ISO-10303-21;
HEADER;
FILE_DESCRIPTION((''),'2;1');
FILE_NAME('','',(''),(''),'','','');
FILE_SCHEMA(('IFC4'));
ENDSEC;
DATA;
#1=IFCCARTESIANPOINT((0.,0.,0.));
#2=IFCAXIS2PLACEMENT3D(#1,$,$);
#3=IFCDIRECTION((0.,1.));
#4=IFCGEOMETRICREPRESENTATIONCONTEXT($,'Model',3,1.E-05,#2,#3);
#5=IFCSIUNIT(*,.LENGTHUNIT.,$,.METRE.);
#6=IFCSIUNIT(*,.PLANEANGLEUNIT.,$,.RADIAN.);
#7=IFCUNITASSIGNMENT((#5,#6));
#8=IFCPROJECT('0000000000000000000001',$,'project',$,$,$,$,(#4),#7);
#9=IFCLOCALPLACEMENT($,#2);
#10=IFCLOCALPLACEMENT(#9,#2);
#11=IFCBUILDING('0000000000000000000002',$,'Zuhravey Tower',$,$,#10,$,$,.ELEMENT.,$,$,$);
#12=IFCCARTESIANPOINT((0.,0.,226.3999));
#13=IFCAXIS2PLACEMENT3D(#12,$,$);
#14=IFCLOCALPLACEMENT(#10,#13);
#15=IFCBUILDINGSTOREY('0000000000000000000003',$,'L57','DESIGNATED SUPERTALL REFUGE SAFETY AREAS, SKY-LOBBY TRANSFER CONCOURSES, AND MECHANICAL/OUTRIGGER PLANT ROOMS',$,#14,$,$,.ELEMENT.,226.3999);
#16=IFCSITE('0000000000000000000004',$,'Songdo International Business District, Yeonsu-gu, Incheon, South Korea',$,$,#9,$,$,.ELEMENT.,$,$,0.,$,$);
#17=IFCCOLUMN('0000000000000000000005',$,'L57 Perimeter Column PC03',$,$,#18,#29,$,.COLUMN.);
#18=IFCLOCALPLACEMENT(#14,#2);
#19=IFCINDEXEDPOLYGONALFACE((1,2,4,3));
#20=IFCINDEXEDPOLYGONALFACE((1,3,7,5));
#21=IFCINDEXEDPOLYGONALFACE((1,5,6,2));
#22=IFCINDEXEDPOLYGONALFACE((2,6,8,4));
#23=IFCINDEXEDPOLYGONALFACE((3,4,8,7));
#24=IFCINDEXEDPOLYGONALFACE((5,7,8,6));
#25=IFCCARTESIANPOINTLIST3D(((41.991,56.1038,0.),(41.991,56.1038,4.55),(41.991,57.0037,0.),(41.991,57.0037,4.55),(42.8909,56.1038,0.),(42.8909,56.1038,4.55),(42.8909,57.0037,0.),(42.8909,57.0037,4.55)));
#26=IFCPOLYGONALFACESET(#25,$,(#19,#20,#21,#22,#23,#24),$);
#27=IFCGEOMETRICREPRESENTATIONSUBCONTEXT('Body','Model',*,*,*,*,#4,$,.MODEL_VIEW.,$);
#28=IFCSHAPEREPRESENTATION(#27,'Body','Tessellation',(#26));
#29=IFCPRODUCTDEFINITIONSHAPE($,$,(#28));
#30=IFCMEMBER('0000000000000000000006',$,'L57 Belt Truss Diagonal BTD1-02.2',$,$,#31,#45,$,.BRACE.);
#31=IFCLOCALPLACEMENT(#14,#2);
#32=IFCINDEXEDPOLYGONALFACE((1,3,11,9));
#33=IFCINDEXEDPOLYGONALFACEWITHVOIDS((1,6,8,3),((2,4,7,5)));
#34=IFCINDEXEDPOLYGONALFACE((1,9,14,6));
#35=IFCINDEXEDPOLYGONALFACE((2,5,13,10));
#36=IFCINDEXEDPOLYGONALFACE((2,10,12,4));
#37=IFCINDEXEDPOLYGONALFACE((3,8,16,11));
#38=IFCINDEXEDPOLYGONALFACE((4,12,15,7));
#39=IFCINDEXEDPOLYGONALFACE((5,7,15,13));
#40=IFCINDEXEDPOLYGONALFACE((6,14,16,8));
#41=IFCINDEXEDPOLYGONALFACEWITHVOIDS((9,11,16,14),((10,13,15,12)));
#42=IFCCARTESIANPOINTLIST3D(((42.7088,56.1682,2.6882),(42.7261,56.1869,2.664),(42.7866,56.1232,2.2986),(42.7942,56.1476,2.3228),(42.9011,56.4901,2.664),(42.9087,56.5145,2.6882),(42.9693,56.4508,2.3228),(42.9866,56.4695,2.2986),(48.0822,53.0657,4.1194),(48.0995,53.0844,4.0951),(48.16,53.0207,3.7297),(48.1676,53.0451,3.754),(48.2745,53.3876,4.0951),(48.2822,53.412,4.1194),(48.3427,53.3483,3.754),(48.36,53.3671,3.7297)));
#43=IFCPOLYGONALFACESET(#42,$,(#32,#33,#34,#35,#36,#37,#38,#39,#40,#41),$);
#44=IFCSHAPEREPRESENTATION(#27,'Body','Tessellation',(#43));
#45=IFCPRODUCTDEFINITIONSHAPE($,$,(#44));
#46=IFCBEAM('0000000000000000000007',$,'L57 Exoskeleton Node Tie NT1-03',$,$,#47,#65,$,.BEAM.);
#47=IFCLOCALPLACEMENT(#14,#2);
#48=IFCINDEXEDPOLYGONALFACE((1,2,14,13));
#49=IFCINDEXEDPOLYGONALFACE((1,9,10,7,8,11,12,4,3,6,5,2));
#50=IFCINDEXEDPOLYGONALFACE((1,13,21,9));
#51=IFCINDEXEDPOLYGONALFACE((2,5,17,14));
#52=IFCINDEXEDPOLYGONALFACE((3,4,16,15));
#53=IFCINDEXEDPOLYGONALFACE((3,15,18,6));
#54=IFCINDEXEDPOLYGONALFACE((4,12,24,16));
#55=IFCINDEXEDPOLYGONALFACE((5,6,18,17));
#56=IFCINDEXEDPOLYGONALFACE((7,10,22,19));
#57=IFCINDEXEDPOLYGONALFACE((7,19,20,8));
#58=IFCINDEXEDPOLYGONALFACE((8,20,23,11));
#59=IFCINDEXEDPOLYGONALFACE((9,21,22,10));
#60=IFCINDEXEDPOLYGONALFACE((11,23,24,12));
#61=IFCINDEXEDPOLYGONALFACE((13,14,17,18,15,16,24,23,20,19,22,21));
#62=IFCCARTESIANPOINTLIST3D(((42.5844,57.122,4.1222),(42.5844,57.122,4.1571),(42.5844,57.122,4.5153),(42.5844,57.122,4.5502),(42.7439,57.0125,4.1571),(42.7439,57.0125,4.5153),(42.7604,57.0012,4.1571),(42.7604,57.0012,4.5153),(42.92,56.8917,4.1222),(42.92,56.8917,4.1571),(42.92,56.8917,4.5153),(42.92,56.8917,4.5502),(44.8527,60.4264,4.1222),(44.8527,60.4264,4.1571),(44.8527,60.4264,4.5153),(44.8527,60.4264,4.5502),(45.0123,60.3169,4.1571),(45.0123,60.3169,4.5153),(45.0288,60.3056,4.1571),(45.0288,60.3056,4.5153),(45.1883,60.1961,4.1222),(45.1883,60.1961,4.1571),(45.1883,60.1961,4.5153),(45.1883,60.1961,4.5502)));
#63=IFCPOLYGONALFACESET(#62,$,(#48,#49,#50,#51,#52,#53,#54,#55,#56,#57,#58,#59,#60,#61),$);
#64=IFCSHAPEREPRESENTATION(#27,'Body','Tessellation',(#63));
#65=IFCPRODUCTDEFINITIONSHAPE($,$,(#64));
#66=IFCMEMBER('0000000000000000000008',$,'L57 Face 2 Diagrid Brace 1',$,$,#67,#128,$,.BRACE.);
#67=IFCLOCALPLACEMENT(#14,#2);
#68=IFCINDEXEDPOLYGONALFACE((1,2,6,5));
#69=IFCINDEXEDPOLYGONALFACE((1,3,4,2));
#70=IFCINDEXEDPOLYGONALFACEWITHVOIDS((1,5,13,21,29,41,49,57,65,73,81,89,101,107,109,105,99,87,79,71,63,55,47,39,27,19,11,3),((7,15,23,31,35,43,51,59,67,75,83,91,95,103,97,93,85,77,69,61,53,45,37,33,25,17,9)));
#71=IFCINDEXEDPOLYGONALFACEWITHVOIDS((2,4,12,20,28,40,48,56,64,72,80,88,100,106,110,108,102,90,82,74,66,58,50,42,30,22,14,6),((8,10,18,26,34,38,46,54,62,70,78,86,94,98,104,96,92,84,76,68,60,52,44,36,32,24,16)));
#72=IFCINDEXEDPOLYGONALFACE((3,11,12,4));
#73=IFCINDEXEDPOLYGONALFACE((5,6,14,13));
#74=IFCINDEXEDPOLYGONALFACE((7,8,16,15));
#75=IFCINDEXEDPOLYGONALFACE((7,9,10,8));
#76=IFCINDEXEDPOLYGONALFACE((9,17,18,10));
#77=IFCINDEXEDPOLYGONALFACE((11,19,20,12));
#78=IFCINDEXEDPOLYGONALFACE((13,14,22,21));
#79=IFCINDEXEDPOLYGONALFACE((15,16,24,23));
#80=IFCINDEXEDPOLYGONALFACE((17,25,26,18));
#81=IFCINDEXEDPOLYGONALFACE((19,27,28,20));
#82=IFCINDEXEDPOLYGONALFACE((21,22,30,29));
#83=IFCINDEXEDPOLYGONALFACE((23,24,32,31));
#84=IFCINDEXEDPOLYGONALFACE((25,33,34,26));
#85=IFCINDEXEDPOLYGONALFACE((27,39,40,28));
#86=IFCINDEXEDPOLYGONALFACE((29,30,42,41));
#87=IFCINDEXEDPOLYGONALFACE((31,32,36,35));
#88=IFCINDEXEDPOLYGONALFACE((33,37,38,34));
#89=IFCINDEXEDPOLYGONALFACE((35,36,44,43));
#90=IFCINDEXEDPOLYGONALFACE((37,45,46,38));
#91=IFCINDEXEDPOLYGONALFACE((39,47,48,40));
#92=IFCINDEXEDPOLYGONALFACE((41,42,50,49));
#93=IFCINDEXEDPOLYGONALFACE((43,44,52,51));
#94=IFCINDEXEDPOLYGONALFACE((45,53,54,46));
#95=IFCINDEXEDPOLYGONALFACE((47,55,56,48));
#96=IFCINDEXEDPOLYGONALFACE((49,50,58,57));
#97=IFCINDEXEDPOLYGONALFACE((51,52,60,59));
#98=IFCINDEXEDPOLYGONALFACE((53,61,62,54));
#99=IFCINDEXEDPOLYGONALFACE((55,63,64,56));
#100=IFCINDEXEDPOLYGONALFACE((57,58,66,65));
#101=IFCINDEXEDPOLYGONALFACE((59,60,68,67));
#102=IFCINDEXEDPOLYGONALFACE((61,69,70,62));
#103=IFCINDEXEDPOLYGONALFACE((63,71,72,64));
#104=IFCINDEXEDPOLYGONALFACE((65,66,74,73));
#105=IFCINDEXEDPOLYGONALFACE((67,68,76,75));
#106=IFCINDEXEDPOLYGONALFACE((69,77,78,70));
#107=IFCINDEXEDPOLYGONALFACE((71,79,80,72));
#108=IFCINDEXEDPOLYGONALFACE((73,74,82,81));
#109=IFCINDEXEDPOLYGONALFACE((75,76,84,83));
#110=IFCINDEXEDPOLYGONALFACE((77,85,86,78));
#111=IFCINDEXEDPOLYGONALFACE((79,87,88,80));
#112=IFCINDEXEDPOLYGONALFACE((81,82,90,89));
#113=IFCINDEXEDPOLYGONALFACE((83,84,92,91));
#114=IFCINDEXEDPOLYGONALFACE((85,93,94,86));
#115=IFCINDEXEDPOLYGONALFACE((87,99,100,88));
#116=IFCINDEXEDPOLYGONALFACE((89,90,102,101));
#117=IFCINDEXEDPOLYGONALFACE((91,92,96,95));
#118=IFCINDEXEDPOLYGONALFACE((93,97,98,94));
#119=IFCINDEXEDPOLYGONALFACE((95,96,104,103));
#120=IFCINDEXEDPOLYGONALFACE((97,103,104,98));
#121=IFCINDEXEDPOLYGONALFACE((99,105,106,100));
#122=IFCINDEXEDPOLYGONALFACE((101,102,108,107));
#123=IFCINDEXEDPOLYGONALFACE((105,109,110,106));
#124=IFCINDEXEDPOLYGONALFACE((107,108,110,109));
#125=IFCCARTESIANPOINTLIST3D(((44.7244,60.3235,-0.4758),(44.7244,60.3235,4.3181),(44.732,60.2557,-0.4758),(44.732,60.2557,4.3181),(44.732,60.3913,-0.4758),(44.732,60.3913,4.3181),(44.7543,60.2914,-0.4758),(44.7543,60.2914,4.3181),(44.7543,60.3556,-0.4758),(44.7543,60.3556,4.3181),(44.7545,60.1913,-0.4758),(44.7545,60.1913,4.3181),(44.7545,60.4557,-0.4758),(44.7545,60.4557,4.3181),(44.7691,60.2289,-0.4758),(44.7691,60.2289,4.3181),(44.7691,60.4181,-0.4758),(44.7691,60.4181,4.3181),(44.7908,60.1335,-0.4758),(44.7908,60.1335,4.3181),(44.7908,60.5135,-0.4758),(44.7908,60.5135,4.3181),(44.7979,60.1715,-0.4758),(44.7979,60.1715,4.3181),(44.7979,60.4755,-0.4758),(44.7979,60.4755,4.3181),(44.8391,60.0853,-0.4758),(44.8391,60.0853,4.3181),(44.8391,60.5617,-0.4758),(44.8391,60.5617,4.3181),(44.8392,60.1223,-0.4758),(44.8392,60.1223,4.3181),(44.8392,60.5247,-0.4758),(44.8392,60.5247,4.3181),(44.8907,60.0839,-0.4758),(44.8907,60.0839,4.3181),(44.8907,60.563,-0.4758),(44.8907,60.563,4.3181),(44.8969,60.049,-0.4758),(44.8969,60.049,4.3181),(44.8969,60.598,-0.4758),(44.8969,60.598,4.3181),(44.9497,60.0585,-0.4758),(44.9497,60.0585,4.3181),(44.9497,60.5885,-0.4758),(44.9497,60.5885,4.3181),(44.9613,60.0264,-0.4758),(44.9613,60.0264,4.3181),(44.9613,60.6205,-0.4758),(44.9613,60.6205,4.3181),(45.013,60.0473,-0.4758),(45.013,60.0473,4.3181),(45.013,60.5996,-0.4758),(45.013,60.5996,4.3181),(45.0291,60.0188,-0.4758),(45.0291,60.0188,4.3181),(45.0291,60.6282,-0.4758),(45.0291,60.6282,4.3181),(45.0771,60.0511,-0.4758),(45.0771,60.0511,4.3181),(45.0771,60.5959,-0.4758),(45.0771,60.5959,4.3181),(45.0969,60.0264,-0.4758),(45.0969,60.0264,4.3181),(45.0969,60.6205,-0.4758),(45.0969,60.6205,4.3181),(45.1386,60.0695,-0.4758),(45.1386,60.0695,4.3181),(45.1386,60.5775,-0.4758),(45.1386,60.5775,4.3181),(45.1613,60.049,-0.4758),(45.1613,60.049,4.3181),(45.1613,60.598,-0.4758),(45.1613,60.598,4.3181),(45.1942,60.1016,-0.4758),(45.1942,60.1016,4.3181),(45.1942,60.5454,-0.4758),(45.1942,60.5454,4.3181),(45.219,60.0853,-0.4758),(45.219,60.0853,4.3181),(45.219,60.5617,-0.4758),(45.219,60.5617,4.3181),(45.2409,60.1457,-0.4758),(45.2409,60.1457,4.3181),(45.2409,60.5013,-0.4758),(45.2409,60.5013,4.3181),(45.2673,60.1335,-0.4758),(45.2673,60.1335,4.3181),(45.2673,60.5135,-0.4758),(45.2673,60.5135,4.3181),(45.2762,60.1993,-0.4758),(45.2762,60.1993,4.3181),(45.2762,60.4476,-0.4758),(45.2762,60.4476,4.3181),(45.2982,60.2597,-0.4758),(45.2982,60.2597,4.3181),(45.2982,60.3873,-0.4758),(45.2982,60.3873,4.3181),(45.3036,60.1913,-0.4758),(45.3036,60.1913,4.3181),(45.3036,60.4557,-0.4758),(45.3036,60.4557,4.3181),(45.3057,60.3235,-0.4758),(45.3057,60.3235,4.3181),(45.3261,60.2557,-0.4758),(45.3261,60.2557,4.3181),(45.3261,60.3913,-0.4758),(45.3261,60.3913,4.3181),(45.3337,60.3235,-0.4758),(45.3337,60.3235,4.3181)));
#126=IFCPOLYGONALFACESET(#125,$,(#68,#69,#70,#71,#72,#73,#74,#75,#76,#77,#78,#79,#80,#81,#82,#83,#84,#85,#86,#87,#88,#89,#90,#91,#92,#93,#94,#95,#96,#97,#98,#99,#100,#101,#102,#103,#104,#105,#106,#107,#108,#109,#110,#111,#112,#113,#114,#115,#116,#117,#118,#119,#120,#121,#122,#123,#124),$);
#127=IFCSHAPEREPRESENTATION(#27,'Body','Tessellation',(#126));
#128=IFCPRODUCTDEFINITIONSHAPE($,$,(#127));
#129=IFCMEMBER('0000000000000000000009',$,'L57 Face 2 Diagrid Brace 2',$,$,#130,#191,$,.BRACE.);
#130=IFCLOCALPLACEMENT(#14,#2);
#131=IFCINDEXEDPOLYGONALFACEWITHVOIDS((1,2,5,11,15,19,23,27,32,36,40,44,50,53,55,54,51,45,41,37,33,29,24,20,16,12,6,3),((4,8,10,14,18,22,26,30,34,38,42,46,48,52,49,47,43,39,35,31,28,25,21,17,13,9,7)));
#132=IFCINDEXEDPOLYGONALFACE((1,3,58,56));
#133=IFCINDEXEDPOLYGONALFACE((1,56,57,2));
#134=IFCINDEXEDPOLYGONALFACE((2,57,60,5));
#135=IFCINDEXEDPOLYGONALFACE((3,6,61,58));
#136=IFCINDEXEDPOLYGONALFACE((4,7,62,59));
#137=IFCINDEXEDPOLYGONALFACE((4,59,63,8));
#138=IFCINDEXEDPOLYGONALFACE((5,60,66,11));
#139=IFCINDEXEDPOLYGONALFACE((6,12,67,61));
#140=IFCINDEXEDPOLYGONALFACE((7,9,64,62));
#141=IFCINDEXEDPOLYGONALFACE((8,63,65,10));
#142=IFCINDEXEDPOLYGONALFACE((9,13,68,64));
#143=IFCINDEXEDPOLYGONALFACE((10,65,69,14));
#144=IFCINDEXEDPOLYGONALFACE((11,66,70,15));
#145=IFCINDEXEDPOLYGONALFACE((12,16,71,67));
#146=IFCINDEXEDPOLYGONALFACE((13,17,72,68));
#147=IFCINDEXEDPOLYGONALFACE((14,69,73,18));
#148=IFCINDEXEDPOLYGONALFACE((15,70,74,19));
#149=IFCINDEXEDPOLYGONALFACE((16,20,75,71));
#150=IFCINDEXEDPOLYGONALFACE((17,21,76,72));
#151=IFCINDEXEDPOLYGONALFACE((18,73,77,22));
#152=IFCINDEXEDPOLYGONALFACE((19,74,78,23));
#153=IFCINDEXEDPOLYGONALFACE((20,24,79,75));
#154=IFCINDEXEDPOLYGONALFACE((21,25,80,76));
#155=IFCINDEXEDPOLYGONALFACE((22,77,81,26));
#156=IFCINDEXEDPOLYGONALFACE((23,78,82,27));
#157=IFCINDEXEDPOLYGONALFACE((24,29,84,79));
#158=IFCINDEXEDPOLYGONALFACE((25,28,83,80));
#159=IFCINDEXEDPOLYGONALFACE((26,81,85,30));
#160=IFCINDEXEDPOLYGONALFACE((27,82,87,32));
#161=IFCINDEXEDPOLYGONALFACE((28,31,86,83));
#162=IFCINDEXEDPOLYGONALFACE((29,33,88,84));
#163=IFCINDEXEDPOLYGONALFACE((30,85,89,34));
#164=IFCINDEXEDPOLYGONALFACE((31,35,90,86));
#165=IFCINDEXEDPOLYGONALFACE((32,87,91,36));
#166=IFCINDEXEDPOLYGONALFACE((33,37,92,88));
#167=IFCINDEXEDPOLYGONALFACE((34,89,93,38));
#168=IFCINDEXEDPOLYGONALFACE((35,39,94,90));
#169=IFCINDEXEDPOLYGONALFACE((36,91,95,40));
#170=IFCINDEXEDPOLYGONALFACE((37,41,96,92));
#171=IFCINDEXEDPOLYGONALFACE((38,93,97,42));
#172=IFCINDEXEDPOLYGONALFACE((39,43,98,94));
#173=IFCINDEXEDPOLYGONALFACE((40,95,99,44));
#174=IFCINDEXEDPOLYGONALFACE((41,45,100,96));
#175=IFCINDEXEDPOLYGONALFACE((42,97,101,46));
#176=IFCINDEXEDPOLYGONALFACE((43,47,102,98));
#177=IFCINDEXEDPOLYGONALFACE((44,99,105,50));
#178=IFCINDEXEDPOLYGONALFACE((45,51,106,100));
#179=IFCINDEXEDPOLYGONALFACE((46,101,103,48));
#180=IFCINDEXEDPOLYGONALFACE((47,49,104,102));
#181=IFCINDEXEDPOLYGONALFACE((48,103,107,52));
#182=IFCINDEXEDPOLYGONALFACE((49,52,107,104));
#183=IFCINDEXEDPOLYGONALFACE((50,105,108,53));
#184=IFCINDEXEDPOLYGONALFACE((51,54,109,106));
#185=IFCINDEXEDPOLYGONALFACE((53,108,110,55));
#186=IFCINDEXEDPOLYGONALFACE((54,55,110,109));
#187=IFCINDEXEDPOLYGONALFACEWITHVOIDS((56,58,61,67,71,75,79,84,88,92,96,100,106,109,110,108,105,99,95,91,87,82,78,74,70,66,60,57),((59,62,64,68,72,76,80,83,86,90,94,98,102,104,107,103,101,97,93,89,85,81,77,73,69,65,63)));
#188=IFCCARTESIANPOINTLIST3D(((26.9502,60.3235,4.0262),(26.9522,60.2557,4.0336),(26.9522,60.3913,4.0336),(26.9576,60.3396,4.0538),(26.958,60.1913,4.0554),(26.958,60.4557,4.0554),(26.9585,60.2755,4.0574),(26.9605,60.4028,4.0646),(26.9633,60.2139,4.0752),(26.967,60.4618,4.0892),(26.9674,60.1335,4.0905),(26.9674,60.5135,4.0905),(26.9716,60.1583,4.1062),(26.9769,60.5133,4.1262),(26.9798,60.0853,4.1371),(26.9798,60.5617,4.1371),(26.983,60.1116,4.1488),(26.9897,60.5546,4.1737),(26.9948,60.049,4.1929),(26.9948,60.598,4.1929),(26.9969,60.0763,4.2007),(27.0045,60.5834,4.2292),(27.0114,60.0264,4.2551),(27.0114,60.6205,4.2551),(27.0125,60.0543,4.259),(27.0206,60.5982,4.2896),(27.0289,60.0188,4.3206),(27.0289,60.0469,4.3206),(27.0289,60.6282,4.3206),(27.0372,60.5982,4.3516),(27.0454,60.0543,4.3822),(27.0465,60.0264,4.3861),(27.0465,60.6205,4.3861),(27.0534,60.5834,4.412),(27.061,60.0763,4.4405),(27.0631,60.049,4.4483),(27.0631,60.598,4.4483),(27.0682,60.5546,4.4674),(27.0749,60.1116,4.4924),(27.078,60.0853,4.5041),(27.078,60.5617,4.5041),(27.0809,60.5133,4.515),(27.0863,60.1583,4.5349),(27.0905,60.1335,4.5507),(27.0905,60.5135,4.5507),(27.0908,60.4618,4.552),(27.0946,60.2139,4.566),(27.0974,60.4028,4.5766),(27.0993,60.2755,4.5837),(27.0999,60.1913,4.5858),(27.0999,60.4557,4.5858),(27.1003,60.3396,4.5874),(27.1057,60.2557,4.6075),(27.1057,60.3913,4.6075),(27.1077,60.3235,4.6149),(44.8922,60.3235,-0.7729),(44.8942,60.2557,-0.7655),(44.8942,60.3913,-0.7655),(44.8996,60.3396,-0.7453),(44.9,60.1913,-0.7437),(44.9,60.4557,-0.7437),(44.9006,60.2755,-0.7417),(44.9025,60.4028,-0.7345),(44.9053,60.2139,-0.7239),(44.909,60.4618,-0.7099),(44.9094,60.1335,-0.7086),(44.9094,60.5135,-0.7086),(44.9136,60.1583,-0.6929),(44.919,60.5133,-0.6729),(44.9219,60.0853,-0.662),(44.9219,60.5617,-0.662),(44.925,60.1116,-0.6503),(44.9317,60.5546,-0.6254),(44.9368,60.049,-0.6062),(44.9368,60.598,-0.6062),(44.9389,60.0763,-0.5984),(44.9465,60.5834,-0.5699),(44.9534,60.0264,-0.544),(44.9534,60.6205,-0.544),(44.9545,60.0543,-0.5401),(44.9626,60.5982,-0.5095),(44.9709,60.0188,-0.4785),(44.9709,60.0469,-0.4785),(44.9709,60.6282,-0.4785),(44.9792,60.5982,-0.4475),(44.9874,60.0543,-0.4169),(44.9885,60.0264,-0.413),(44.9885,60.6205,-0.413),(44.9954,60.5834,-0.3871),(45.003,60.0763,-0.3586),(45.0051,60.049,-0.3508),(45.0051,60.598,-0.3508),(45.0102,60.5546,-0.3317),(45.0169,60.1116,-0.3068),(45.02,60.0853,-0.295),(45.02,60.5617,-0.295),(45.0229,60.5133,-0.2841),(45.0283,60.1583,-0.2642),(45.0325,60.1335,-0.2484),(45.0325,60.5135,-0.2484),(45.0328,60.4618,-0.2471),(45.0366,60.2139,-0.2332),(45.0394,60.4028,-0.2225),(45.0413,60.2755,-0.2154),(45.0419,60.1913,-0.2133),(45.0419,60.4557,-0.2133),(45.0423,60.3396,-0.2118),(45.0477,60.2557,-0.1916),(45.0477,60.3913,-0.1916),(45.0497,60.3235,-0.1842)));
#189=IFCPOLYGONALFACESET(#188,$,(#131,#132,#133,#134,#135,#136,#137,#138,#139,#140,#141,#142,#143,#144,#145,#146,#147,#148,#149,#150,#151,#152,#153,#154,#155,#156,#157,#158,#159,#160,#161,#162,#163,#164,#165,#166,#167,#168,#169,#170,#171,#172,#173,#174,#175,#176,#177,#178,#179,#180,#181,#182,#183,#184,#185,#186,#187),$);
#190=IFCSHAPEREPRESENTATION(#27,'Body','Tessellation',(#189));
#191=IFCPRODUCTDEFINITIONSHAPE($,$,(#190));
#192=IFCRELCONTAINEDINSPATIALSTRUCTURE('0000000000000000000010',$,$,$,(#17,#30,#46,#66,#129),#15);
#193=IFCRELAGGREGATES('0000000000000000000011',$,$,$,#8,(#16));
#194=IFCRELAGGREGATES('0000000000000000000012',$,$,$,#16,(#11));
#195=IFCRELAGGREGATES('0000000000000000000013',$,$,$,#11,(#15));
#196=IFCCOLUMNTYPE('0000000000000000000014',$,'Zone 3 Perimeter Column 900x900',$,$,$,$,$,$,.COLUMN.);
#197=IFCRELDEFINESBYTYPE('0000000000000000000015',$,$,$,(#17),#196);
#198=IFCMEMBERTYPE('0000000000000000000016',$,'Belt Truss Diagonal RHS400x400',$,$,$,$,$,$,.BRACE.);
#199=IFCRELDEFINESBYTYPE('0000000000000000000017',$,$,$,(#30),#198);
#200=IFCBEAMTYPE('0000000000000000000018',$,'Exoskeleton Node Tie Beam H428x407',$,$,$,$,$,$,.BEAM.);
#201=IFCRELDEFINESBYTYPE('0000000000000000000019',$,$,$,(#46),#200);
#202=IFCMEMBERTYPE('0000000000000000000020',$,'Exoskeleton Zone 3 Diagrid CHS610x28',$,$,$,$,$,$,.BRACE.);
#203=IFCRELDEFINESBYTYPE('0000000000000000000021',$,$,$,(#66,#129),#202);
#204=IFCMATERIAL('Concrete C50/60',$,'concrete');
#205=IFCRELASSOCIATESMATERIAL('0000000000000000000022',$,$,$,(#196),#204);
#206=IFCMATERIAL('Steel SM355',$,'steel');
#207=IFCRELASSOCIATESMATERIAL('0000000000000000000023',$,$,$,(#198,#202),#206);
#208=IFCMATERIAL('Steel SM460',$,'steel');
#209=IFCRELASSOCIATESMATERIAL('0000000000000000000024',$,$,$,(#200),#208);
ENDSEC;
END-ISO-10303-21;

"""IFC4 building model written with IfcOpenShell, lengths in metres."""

from ifc_helpers import new_model, si_unit, direction, frame, origin, origin_2d, place, context, subcontext, project, spatial, rectangle, hollow_rectangle, hollow_circle, i_section, extrude, material, material_profile, profile_set, type_object, element, save


model = new_model("IFC4")

# Units and contexts
model_context = context("Model", 3, precision=1e-05, world=origin(), true_north=direction((0.0, 1.0)))
body_context = subcontext(model_context, "Body", "Model", "MODEL_VIEW")
ifc_project = project(units=[si_unit("LENGTHUNIT", "METRE"), si_unit("PLANEANGLEUNIT", "RADIAN")], contexts=[model_context])

# Site, building, storey
site_placement = place(None, origin())
site = spatial("IfcSite", under=ifc_project, at=site_placement, Name="Songdo International Business District, Yeonsu-gu, Incheon, South Korea", CompositionType="ELEMENT", RefElevation=0.0)
building_placement = place(site_placement, origin())
building = spatial("IfcBuilding", under=site, at=building_placement, Name="Zuhravey Tower", CompositionType="ELEMENT")
storey_placement = place(building_placement, frame((0.0, 0.0, 226.3999)))
storey = spatial("IfcBuildingStorey", under=building, at=storey_placement, Name="L57", Description="DESIGNATED SUPERTALL REFUGE SAFETY AREAS, SKY-LOBBY TRANSFER CONCOURSES, AND MECHANICAL/OUTRIGGER PLANT ROOMS", CompositionType="ELEMENT", Elevation=226.3999)

# Column
ifc_material_1 = material(Name="Concrete C50/60", Category="concrete")
ifc_material_profile_1 = material_profile(ifc_material_1, rectangle(XDim=0.8999, YDim=0.8999, at=origin_2d()), Name="RC-900x900")
ifc_profile_set_1 = profile_set([ifc_material_profile_1], Name="Concrete C50/60")
column_type = type_object("IfcColumnType", Name="Zone 3 Perimeter Column 900x900", PredefinedType="COLUMN", material=ifc_profile_set_1)
column_placement = place(storey_placement, frame((42.4409, 56.5537, 0.0), z_axis=(0.0, 0.0, 1.0), x_axis=(-1.0, 0.0, 0.0)))
element("IfcColumn", 1, at=column_placement, inside=storey, type_object=column_type, Name="L57 Perimeter Column PC03", PredefinedType="COLUMN", context=body_context, shape_type="SweptSolid", body=[
    extrude(rectangle(XDim=0.8999, YDim=0.8999, at=origin_2d()), origin(), (0.0, 0.0, 1.0), 4.55),
])

# Member
ifc_material_2 = material(Name="Steel SM355", Category="steel")
ifc_material_profile_2 = material_profile(ifc_material_2, hollow_rectangle(XDim=0.3999, YDim=0.3999, WallThickness=0.0249, at=origin_2d()), Name="RHS-400x400x25")
ifc_profile_set_2 = profile_set([ifc_material_profile_2], Name="Steel SM355")
member_type_1 = type_object("IfcMemberType", Name="Belt Truss Diagonal RHS400x400", PredefinedType="BRACE", material=ifc_profile_set_2)
member_1_placement = place(storey_placement, frame((42.8477, 56.3188, 2.4934), z_axis=(0.843861, -0.487223, 0.224748), x_axis=(0.500015, 0.866017, 0.0)))
element("IfcMember", 2, at=member_1_placement, inside=storey, type_object=member_type_1, Name="L57 Belt Truss Diagonal BTD1-02.2", PredefinedType="BRACE", context=body_context, shape_type="SweptSolid", body=[
    extrude(hollow_rectangle(XDim=0.3999, YDim=0.3999, WallThickness=0.0249, at=origin_2d()), origin(), (0.0, 0.0, 1.0), 6.3677),
])

# Beam
ifc_material_3 = material(Name="Steel SM460", Category="steel")
ifc_material_profile_3 = material_profile(ifc_material_3, i_section(OverallWidth=0.407, OverallDepth=0.428, WebThickness=0.02, FlangeThickness=0.0349, at=origin_2d()), Name="H-428x407x20x35")
ifc_profile_set_3 = profile_set([ifc_material_profile_3], Name="Steel SM460")
beam_type_1 = type_object("IfcBeamType", Name="Exoskeleton Node Tie Beam H428x407", PredefinedType="BEAM", material=ifc_profile_set_3)
beam_1_placement = place(storey_placement, frame((42.7522, 57.0068, 4.3362), z_axis=(0.565937, 0.824449, 0.0), x_axis=(-0.824449, 0.565937, 0.0)))
element("IfcBeam", 3, at=beam_1_placement, inside=storey, type_object=beam_type_1, Name="L57 Exoskeleton Node Tie NT1-03", PredefinedType="BEAM", context=body_context, shape_type="SweptSolid", body=[
    extrude(i_section(OverallWidth=0.407, OverallDepth=0.428, WebThickness=0.02, FlangeThickness=0.0349, at=origin_2d()), origin(), (0.0, 0.0, 1.0), 4.0081),
])

# Members
ifc_material_profile_4 = material_profile(ifc_material_2, hollow_circle(Radius=0.3047, WallThickness=0.0281, at=origin_2d()), Name="CHS-609.6x28")
ifc_profile_set_4 = profile_set([ifc_material_profile_4], Name="Steel SM355")
member_type_2 = type_object("IfcMemberType", Name="Exoskeleton Zone 3 Diagrid CHS610x28", PredefinedType="BRACE", material=ifc_profile_set_4)
member_2_placement = place(storey_placement, frame((45.0291, 60.3235, -0.4758), z_axis=(0.0, 0.0, 1.0), x_axis=(1.0, 0.0, 0.0)))
element("IfcMember", 4, at=member_2_placement, inside=storey, type_object=member_type_2, Name="L57 Face 2 Diagrid Brace 1", PredefinedType="BRACE", context=body_context, shape_type="SweptSolid", body=[
    extrude(hollow_circle(Radius=0.3047, WallThickness=0.0281, at=origin_2d()), origin(), (0.0, 0.0, 1.0), 4.7939),
])
member_3_placement = place(storey_placement, frame((44.9709, 60.3235, -0.4785), z_axis=(-0.966039, 0.0, 0.258395), x_axis=(0.0, -1.0, 0.0)))
element("IfcMember", 5, at=member_3_placement, inside=storey, type_object=member_type_2, Name="L57 Face 2 Diagrid Brace 2", PredefinedType="BRACE", context=body_context, shape_type="SweptSolid", body=[
    extrude(hollow_circle(Radius=0.3047, WallThickness=0.0281, at=origin_2d()), origin(), (0.0, 0.0, 1.0), 18.5728),
])

save(model, "model.ifc")
